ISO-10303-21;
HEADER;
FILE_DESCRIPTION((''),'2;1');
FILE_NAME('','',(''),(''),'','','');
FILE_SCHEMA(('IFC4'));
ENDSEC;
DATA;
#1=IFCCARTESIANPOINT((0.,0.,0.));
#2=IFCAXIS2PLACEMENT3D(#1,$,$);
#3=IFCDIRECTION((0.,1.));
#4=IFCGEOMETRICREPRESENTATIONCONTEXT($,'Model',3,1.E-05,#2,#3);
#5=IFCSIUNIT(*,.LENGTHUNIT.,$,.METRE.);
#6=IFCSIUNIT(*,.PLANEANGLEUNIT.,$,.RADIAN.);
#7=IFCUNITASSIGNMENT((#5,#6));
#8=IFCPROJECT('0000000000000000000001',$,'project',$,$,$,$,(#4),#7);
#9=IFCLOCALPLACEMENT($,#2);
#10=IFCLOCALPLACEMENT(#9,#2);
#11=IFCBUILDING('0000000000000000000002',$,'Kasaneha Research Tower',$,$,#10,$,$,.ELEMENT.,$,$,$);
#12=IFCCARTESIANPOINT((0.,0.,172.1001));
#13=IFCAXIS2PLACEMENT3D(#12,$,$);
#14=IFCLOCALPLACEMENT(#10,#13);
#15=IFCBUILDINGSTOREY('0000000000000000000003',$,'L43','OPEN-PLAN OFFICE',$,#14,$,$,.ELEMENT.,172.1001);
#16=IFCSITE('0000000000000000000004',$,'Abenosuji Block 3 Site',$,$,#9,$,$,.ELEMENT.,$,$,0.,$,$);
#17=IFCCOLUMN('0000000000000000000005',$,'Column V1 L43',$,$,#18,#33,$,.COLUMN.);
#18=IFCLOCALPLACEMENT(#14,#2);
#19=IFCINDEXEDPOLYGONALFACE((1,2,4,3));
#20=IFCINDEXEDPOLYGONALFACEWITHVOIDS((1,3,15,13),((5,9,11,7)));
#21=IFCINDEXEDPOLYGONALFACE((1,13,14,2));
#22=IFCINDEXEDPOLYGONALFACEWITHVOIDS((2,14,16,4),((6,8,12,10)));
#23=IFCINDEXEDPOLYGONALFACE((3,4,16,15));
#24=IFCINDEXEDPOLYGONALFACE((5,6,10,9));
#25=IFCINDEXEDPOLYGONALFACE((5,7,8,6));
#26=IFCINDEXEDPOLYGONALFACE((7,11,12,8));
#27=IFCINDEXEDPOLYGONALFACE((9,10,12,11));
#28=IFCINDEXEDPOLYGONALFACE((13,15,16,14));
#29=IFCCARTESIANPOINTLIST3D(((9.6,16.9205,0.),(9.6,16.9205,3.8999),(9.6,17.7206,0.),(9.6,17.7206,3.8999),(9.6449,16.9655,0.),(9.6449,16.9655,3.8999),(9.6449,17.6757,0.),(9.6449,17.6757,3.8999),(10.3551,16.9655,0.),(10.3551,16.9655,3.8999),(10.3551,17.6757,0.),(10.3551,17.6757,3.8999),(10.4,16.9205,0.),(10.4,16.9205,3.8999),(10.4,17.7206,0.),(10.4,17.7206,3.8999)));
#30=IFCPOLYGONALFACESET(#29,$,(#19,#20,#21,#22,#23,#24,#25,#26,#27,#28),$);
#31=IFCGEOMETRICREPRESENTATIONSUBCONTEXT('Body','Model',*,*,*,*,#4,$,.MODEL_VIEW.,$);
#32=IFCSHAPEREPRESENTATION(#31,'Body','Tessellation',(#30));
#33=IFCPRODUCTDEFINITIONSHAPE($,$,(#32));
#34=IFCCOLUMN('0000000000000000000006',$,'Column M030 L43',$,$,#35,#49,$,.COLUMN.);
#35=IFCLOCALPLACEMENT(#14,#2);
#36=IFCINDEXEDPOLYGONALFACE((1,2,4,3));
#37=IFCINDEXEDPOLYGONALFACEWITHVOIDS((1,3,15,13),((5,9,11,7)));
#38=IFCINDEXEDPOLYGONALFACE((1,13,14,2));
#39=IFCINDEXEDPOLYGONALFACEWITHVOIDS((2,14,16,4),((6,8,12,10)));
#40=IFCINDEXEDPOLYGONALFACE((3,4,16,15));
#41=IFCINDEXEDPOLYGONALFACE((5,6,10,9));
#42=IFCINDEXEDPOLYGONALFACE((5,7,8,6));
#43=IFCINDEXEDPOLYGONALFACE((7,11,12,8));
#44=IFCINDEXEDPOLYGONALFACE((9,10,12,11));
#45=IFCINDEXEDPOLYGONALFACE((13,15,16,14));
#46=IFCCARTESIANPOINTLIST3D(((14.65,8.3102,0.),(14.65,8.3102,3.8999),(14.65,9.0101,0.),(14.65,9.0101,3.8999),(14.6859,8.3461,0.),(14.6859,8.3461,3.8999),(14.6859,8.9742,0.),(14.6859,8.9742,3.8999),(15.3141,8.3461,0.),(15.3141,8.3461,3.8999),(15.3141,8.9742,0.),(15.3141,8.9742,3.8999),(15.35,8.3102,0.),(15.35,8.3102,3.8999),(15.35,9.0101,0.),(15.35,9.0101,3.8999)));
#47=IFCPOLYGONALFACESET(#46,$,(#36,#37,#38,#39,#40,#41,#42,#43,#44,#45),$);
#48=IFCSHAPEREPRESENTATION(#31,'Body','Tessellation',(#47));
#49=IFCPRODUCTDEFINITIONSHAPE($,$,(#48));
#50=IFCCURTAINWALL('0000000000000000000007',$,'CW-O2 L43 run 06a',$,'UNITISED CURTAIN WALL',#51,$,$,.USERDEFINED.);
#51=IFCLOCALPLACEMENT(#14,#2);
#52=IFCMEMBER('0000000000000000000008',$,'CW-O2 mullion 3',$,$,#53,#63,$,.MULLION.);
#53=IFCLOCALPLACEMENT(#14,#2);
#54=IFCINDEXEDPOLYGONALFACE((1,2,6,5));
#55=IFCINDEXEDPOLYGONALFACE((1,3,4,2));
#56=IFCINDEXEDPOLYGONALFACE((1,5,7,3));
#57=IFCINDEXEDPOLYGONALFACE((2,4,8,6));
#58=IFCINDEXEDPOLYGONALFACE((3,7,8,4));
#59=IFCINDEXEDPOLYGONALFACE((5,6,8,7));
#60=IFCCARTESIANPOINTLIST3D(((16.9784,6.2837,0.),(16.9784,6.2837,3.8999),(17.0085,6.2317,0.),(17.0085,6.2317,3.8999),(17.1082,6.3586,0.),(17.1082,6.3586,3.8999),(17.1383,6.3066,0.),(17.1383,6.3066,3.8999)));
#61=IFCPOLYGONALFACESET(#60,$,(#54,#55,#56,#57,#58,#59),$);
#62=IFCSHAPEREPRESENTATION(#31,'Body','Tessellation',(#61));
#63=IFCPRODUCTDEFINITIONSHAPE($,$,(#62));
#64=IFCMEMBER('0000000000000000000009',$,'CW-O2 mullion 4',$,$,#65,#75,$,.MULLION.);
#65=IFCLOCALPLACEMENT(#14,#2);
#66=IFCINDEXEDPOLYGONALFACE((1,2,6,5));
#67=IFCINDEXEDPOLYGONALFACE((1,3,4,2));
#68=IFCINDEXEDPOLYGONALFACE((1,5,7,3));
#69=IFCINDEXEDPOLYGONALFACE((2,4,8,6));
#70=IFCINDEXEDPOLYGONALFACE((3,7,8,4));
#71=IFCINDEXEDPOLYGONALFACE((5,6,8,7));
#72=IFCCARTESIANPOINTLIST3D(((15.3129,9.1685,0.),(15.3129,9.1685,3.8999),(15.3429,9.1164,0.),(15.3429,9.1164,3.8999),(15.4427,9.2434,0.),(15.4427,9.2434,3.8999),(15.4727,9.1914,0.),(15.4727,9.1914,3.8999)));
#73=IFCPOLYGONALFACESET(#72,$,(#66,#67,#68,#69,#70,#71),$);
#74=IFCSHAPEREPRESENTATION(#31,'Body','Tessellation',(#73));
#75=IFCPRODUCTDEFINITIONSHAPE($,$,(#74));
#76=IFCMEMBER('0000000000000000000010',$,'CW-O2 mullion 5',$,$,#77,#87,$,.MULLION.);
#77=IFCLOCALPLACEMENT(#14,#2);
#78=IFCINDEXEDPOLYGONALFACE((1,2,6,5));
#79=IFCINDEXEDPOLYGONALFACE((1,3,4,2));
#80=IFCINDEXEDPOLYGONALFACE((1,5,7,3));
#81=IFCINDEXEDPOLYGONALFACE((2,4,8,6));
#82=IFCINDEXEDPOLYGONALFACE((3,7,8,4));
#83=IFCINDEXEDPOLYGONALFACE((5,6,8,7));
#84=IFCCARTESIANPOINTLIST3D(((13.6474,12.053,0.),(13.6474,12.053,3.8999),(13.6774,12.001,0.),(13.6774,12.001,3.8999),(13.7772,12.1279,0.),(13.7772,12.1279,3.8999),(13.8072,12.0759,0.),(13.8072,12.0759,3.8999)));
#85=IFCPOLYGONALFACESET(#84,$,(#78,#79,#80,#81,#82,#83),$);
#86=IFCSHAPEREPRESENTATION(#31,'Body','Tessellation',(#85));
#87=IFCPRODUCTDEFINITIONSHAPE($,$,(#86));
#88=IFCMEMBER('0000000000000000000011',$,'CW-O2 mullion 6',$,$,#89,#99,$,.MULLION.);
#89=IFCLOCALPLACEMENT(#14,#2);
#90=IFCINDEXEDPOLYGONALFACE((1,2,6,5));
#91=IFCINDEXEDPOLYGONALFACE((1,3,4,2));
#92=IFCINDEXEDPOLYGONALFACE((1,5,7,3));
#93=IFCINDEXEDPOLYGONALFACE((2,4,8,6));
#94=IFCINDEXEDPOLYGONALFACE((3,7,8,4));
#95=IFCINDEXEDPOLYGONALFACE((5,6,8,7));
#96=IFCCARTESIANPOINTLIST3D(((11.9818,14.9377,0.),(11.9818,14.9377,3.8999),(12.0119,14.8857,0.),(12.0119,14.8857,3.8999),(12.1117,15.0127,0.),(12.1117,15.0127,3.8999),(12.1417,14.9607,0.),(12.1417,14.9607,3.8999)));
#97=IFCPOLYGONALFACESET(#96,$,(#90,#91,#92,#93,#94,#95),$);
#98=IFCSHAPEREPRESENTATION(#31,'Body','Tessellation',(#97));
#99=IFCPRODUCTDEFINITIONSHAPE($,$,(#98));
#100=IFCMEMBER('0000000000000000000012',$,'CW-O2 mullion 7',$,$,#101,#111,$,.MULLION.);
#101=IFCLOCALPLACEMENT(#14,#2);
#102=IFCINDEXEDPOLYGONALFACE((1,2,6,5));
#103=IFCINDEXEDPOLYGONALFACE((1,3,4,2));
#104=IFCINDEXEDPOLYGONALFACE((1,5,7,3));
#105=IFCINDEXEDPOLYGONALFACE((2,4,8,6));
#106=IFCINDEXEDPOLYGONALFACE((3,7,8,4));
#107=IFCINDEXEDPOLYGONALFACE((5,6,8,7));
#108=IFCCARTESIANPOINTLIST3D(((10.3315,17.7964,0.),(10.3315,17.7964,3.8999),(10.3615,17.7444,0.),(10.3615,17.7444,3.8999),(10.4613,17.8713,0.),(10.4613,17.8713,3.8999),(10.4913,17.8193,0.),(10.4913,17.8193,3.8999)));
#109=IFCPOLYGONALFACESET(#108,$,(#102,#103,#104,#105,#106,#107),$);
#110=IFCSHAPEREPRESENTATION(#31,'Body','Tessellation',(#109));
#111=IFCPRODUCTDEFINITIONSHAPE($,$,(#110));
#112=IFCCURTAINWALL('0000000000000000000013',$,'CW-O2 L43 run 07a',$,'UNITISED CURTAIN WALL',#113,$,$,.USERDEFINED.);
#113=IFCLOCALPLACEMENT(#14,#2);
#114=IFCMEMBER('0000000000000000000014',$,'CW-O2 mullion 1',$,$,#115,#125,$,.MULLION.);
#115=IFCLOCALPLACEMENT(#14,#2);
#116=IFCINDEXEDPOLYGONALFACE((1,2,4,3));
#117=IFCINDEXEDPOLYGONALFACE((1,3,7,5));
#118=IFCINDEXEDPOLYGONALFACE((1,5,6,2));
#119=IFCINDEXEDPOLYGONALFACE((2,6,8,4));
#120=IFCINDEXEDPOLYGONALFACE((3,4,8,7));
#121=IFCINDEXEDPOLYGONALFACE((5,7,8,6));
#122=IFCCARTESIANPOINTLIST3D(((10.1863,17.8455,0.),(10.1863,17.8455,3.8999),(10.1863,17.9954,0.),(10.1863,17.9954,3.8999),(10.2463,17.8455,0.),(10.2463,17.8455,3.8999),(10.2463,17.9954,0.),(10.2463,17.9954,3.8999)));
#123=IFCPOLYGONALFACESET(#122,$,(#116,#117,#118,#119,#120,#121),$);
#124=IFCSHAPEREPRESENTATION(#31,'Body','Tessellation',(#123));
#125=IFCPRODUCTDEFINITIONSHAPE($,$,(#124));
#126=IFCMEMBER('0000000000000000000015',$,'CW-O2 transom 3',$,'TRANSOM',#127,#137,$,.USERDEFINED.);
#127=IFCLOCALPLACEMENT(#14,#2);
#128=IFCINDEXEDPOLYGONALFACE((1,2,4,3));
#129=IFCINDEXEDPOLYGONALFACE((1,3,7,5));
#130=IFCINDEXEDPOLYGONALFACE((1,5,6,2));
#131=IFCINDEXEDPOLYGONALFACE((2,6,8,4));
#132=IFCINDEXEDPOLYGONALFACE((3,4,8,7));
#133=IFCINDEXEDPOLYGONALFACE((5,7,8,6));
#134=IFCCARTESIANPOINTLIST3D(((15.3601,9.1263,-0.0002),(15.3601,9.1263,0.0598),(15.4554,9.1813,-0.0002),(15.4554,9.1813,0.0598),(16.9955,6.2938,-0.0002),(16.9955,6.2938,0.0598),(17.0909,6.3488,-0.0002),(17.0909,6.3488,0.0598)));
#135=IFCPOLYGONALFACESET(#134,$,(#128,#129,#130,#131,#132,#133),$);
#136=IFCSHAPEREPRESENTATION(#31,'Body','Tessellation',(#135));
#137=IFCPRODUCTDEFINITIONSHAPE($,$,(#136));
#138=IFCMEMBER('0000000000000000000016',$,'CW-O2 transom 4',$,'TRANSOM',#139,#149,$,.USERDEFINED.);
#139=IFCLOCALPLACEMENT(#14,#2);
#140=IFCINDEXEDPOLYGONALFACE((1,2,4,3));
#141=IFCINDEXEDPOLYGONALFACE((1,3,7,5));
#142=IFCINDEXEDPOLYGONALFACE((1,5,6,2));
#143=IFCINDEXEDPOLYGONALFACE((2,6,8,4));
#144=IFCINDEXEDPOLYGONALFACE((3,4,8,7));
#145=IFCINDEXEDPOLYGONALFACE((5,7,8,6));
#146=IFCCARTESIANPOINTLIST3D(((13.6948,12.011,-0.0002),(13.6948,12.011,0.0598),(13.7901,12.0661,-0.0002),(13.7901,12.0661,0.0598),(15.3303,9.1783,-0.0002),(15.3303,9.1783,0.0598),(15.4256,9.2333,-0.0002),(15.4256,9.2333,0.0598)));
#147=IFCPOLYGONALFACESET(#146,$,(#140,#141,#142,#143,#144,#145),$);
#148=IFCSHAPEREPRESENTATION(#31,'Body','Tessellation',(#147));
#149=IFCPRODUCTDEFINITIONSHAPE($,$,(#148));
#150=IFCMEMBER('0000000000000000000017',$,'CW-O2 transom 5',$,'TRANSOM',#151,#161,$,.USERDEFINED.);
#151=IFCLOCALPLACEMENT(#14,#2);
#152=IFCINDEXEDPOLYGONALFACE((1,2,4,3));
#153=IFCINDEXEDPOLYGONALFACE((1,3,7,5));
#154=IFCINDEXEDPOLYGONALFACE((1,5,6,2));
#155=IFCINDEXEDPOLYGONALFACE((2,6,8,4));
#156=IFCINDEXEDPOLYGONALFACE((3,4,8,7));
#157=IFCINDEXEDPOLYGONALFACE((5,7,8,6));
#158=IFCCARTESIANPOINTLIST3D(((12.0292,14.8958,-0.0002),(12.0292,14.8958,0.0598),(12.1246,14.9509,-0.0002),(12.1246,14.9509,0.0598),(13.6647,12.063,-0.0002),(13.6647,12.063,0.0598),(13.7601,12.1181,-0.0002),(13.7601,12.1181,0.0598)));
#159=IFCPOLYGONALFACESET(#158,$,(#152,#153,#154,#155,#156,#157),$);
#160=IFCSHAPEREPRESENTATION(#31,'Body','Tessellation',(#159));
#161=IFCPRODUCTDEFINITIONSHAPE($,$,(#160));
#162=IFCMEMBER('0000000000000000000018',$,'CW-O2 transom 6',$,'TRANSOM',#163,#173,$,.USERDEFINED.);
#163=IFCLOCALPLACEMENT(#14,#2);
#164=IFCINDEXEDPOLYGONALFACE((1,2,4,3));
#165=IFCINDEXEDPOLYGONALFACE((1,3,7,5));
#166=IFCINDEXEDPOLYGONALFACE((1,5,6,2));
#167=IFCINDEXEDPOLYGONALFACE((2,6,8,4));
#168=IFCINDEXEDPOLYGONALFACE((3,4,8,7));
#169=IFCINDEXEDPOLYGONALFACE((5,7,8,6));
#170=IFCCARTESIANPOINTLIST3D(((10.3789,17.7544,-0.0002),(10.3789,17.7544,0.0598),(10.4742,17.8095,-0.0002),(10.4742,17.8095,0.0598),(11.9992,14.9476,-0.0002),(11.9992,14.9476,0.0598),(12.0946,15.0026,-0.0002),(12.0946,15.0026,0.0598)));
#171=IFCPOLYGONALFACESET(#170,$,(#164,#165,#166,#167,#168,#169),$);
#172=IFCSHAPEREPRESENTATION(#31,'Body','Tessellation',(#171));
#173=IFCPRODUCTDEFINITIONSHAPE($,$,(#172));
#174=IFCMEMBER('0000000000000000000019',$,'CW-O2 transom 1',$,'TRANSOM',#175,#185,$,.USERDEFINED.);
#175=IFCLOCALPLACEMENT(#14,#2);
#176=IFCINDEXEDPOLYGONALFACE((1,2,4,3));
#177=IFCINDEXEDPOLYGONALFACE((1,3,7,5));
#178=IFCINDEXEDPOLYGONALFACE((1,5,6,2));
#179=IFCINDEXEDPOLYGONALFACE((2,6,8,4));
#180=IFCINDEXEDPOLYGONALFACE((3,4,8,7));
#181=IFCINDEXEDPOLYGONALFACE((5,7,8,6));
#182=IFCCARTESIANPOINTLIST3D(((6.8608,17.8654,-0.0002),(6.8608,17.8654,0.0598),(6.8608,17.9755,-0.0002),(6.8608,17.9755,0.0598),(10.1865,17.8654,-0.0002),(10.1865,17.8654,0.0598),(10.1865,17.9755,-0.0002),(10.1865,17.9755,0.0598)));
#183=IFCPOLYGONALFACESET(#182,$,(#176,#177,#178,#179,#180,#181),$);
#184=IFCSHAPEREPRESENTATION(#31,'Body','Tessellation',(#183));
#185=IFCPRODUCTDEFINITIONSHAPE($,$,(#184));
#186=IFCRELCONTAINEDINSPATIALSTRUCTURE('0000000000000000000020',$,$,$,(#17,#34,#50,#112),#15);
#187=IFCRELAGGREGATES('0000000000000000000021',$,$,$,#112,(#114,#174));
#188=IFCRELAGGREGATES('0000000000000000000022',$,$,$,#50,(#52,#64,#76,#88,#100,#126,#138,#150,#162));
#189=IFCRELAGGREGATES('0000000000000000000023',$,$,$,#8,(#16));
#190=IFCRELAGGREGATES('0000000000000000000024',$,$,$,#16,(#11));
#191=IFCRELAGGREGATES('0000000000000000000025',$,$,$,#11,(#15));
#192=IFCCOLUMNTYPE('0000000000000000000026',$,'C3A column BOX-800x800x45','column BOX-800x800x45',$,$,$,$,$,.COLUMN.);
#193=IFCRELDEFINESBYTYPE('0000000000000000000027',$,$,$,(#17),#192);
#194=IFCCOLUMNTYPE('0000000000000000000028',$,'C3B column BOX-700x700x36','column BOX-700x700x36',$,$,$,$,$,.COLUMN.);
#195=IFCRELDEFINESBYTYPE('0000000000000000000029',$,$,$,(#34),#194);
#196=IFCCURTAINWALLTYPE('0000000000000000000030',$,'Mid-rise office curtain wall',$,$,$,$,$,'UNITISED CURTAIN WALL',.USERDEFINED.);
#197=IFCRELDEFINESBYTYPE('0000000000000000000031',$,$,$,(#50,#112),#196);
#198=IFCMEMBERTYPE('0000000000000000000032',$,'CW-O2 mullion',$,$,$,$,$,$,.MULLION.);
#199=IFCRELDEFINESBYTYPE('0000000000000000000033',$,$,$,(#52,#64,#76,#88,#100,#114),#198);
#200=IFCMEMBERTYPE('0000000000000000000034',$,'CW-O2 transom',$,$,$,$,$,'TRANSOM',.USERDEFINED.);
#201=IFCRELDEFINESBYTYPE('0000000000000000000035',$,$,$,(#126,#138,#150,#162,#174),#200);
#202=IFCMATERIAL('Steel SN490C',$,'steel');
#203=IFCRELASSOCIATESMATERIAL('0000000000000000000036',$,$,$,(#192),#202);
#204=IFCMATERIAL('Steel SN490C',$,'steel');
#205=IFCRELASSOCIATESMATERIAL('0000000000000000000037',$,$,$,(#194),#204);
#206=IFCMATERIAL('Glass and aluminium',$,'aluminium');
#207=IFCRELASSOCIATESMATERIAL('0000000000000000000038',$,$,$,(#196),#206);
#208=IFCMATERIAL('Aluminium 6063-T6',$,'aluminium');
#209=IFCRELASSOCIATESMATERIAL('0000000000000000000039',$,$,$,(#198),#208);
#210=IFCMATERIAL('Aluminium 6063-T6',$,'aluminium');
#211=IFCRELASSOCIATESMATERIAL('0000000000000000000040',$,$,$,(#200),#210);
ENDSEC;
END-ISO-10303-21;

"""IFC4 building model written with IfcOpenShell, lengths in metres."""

from ifc_helpers import new_model, si_unit, direction, frame, origin, origin_2d, place, context, subcontext, project, spatial, rectangle, hollow_rectangle, extrude, material, material_profile, profile_set, type_object, element, aggregate, save


model = new_model("IFC4")

# Units and contexts
model_context = context("Model", 3, precision=1e-05, world=origin(), true_north=direction((0.0, 1.0)))
body_context = subcontext(model_context, "Body", "Model", "MODEL_VIEW")
ifc_project = project(units=[si_unit("LENGTHUNIT", "METRE"), si_unit("PLANEANGLEUNIT", "RADIAN")], contexts=[model_context])

# Site, building, storey
site_placement = place(None, origin())
site = spatial("IfcSite", under=ifc_project, at=site_placement, Name="Abenosuji Block 3 Site", CompositionType="ELEMENT", RefElevation=0.0)
building_placement = place(site_placement, origin())
building = spatial("IfcBuilding", under=site, at=building_placement, Name="Kasaneha Research Tower", CompositionType="ELEMENT")
storey_placement = place(building_placement, frame((0.0, 0.0, 172.1001)))
storey = spatial("IfcBuildingStorey", under=building, at=storey_placement, Name="L43", Description="OPEN-PLAN OFFICE", CompositionType="ELEMENT", Elevation=172.1001)

# Columns
ifc_material_1 = material(Name="Steel SN490C", Category="steel")
ifc_material_profile_1 = material_profile(ifc_material_1, hollow_rectangle(XDim=0.8, YDim=0.8, WallThickness=0.0449, at=origin_2d()), Name="BOX-800x800x45")
ifc_profile_set_1 = profile_set([ifc_material_profile_1], Name="Steel SN490C")
column_type_1 = type_object("IfcColumnType", Name="C3A column BOX-800x800x45", Description="column BOX-800x800x45", PredefinedType="COLUMN", material=ifc_profile_set_1)
column_1_placement = place(storey_placement, frame((10.0, 17.3206, 0.0), z_axis=(0.0, 0.0, 1.0), x_axis=(1.0, 0.0, 0.0)))
element("IfcColumn", 1, at=column_1_placement, inside=storey, type_object=column_type_1, Name="Column V1 L43", PredefinedType="COLUMN", context=body_context, shape_type="SweptSolid", body=[
    extrude(hollow_rectangle(XDim=0.8, YDim=0.8, WallThickness=0.0449, at=origin_2d()), origin(), (0.0, 0.0, 1.0), 3.8999),
])
ifc_material_2 = material(Name="Steel SN490C", Category="steel")
ifc_material_profile_2 = material_profile(ifc_material_2, hollow_rectangle(XDim=0.7, YDim=0.7, WallThickness=0.0359, at=origin_2d()), Name="BOX-700x700x36")
ifc_profile_set_2 = profile_set([ifc_material_profile_2], Name="Steel SN490C")
column_type_2 = type_object("IfcColumnType", Name="C3B column BOX-700x700x36", Description="column BOX-700x700x36", PredefinedType="COLUMN", material=ifc_profile_set_2)
column_2_placement = place(storey_placement, frame((15.0, 8.6602, 0.0), z_axis=(0.0, 0.0, 1.0), x_axis=(1.0, 0.0, 0.0)))
element("IfcColumn", 2, at=column_2_placement, inside=storey, type_object=column_type_2, Name="Column M030 L43", PredefinedType="COLUMN", context=body_context, shape_type="SweptSolid", body=[
    extrude(hollow_rectangle(XDim=0.7, YDim=0.7, WallThickness=0.0359, at=origin_2d()), origin(), (0.0, 0.0, 1.0), 3.8999),
])

# Curtain wall, members
ifc_material_3 = material(Name="Glass and aluminium", Category="aluminium")
curtain_wall_type = type_object("IfcCurtainWallType", Name="Mid-rise office curtain wall", ElementType="UNITISED CURTAIN WALL", PredefinedType="USERDEFINED", material=ifc_material_3)
curtain_wall_1_placement = place(storey_placement, origin())
curtain_wall_1 = element("IfcCurtainWall", 3, at=curtain_wall_1_placement, inside=storey, type_object=curtain_wall_type, Name="CW-O2 L43 run 06a", ObjectType="UNITISED CURTAIN WALL", PredefinedType="USERDEFINED")
ifc_material_4 = material(Name="Aluminium 6063-T6", Category="aluminium")
ifc_material_profile_3 = material_profile(ifc_material_4, rectangle(XDim=0.0601, YDim=0.1499, at=origin_2d()), Name="CW-O2 mullion 60x150")
ifc_profile_set_3 = profile_set([ifc_material_profile_3], Name="Aluminium 6063-T6")
member_type_1 = type_object("IfcMemberType", Name="CW-O2 mullion", PredefinedType="MULLION", material=ifc_profile_set_3)
member_1_placement = place(storey_placement, frame((17.0583, 6.2952, 0.0), z_axis=(0.0, 0.0, 1.0), x_axis=(-0.5, 0.866025, 0.0)))
member_1 = element("IfcMember", 4, at=member_1_placement, type_object=member_type_1, Name="CW-O2 mullion 3", PredefinedType="MULLION", context=body_context, shape_type="SweptSolid", body=[
    extrude(rectangle(XDim=0.0601, YDim=0.1499, at=origin_2d()), origin(), (0.0, 0.0, 1.0), 3.8999),
])
member_2_placement = place(storey_placement, frame((15.3928, 9.1799, 0.0), z_axis=(0.0, 0.0, 1.0), x_axis=(-0.5, 0.866025, 0.0)))
member_2 = element("IfcMember", 5, at=member_2_placement, type_object=member_type_1, Name="CW-O2 mullion 4", PredefinedType="MULLION", context=body_context, shape_type="SweptSolid", body=[
    extrude(rectangle(XDim=0.0601, YDim=0.1499, at=origin_2d()), origin(), (0.0, 0.0, 1.0), 3.8999),
])
member_3_placement = place(storey_placement, frame((13.7273, 12.0645, 0.0), z_axis=(0.0, 0.0, 1.0), x_axis=(-0.5, 0.866025, 0.0)))
member_3 = element("IfcMember", 6, at=member_3_placement, type_object=member_type_1, Name="CW-O2 mullion 5", PredefinedType="MULLION", context=body_context, shape_type="SweptSolid", body=[
    extrude(rectangle(XDim=0.0601, YDim=0.1499, at=origin_2d()), origin(), (0.0, 0.0, 1.0), 3.8999),
])
member_4_placement = place(storey_placement, frame((12.0618, 14.9492, 0.0), z_axis=(0.0, 0.0, 1.0), x_axis=(-0.5, 0.866025, 0.0)))
member_4 = element("IfcMember", 7, at=member_4_placement, type_object=member_type_1, Name="CW-O2 mullion 6", PredefinedType="MULLION", context=body_context, shape_type="SweptSolid", body=[
    extrude(rectangle(XDim=0.0601, YDim=0.1499, at=origin_2d()), origin(), (0.0, 0.0, 1.0), 3.8999),
])
member_5_placement = place(storey_placement, frame((10.4114, 17.8079, 0.0), z_axis=(0.0, 0.0, 1.0), x_axis=(-0.5, 0.866025, 0.0)))
member_5 = element("IfcMember", 8, at=member_5_placement, type_object=member_type_1, Name="CW-O2 mullion 7", PredefinedType="MULLION", context=body_context, shape_type="SweptSolid", body=[
    extrude(rectangle(XDim=0.0601, YDim=0.1499, at=origin_2d()), origin(), (0.0, 0.0, 1.0), 3.8999),
])

# Curtain wall, member
curtain_wall_2_placement = place(storey_placement, origin())
curtain_wall_2 = element("IfcCurtainWall", 9, at=curtain_wall_2_placement, inside=storey, type_object=curtain_wall_type, Name="CW-O2 L43 run 07a", ObjectType="UNITISED CURTAIN WALL", PredefinedType="USERDEFINED")
member_6_placement = place(storey_placement, frame((10.2163, 17.9204, 0.0), z_axis=(0.0, 0.0, 1.0), x_axis=(-1.0, 0.0, 0.0)))
member_6 = element("IfcMember", 10, at=member_6_placement, type_object=member_type_1, Name="CW-O2 mullion 1", PredefinedType="MULLION", context=body_context, shape_type="SweptSolid", body=[
    extrude(rectangle(XDim=0.0601, YDim=0.1499, at=origin_2d()), origin(), (0.0, 0.0, 1.0), 3.8999),
])

# Members
ifc_material_5 = material(Name="Aluminium 6063-T6", Category="aluminium")
ifc_material_profile_4 = material_profile(ifc_material_5, rectangle(XDim=0.1101, YDim=0.0601, at=origin_2d()), Name="CW-O2 transom 110x60")
ifc_profile_set_4 = profile_set([ifc_material_profile_4], Name="Aluminium 6063-T6")
member_type_2 = type_object("IfcMemberType", Name="CW-O2 transom", ElementType="TRANSOM", PredefinedType="USERDEFINED", material=ifc_profile_set_4)
member_7_placement = place(storey_placement, frame((17.0432, 6.3213, 0.0298), z_axis=(-0.500033, 0.866007, 0.0), x_axis=(-0.866007, -0.500033, 0.0)))
member_7 = element("IfcMember", 11, at=member_7_placement, type_object=member_type_2, Name="CW-O2 transom 3", ObjectType="TRANSOM", PredefinedType="USERDEFINED", context=body_context, shape_type="SweptSolid", body=[
    extrude(rectangle(XDim=0.1101, YDim=0.0601, at=origin_2d()), origin(), (0.0, 0.0, 1.0), 3.2708),
])
member_8_placement = place(storey_placement, frame((15.3779, 9.2058, 0.0298), z_axis=(-0.5, 0.866025, 0.0), x_axis=(-0.866025, -0.5, 0.0)))
member_8 = element("IfcMember", 12, at=member_8_placement, type_object=member_type_2, Name="CW-O2 transom 4", ObjectType="TRANSOM", PredefinedType="USERDEFINED", context=body_context, shape_type="SweptSolid", body=[
    extrude(rectangle(XDim=0.1101, YDim=0.0601, at=origin_2d()), origin(), (0.0, 0.0, 1.0), 3.271),
])
member_9_placement = place(storey_placement, frame((13.7124, 12.0906, 0.0298), z_axis=(-0.5, 0.866025, 0.0), x_axis=(-0.866025, -0.5, 0.0)))
member_9 = element("IfcMember", 13, at=member_9_placement, type_object=member_type_2, Name="CW-O2 transom 5", ObjectType="TRANSOM", PredefinedType="USERDEFINED", context=body_context, shape_type="SweptSolid", body=[
    extrude(rectangle(XDim=0.1101, YDim=0.0601, at=origin_2d()), origin(), (0.0, 0.0, 1.0), 3.271),
])
member_10_placement = place(storey_placement, frame((12.0469, 14.9751, 0.0298), z_axis=(-0.499955, 0.866051, 0.0), x_axis=(-0.866051, -0.499955, 0.0)))
member_10 = element("IfcMember", 14, at=member_10_placement, type_object=member_type_2, Name="CW-O2 transom 6", ObjectType="TRANSOM", PredefinedType="USERDEFINED", context=body_context, shape_type="SweptSolid", body=[
    extrude(rectangle(XDim=0.1101, YDim=0.0601, at=origin_2d()), origin(), (0.0, 0.0, 1.0), 3.241),
])
member_11_placement = place(storey_placement, frame((10.1865, 17.9204, 0.0298), z_axis=(-1.0, 0.0, 0.0), x_axis=(0.0, -1.0, 0.0)))
member_11 = element("IfcMember", 15, at=member_11_placement, type_object=member_type_2, Name="CW-O2 transom 1", ObjectType="TRANSOM", PredefinedType="USERDEFINED", context=body_context, shape_type="SweptSolid", body=[
    extrude(rectangle(XDim=0.1101, YDim=0.0601, at=origin_2d()), origin(), (0.0, 0.0, 1.0), 3.3257),
])
aggregate(curtain_wall_2, [member_6, member_11])

aggregate(curtain_wall_1, [member_1, member_2, member_3, member_4, member_5, member_7, member_8, member_9, member_10])

save(model, "model.ifc")
